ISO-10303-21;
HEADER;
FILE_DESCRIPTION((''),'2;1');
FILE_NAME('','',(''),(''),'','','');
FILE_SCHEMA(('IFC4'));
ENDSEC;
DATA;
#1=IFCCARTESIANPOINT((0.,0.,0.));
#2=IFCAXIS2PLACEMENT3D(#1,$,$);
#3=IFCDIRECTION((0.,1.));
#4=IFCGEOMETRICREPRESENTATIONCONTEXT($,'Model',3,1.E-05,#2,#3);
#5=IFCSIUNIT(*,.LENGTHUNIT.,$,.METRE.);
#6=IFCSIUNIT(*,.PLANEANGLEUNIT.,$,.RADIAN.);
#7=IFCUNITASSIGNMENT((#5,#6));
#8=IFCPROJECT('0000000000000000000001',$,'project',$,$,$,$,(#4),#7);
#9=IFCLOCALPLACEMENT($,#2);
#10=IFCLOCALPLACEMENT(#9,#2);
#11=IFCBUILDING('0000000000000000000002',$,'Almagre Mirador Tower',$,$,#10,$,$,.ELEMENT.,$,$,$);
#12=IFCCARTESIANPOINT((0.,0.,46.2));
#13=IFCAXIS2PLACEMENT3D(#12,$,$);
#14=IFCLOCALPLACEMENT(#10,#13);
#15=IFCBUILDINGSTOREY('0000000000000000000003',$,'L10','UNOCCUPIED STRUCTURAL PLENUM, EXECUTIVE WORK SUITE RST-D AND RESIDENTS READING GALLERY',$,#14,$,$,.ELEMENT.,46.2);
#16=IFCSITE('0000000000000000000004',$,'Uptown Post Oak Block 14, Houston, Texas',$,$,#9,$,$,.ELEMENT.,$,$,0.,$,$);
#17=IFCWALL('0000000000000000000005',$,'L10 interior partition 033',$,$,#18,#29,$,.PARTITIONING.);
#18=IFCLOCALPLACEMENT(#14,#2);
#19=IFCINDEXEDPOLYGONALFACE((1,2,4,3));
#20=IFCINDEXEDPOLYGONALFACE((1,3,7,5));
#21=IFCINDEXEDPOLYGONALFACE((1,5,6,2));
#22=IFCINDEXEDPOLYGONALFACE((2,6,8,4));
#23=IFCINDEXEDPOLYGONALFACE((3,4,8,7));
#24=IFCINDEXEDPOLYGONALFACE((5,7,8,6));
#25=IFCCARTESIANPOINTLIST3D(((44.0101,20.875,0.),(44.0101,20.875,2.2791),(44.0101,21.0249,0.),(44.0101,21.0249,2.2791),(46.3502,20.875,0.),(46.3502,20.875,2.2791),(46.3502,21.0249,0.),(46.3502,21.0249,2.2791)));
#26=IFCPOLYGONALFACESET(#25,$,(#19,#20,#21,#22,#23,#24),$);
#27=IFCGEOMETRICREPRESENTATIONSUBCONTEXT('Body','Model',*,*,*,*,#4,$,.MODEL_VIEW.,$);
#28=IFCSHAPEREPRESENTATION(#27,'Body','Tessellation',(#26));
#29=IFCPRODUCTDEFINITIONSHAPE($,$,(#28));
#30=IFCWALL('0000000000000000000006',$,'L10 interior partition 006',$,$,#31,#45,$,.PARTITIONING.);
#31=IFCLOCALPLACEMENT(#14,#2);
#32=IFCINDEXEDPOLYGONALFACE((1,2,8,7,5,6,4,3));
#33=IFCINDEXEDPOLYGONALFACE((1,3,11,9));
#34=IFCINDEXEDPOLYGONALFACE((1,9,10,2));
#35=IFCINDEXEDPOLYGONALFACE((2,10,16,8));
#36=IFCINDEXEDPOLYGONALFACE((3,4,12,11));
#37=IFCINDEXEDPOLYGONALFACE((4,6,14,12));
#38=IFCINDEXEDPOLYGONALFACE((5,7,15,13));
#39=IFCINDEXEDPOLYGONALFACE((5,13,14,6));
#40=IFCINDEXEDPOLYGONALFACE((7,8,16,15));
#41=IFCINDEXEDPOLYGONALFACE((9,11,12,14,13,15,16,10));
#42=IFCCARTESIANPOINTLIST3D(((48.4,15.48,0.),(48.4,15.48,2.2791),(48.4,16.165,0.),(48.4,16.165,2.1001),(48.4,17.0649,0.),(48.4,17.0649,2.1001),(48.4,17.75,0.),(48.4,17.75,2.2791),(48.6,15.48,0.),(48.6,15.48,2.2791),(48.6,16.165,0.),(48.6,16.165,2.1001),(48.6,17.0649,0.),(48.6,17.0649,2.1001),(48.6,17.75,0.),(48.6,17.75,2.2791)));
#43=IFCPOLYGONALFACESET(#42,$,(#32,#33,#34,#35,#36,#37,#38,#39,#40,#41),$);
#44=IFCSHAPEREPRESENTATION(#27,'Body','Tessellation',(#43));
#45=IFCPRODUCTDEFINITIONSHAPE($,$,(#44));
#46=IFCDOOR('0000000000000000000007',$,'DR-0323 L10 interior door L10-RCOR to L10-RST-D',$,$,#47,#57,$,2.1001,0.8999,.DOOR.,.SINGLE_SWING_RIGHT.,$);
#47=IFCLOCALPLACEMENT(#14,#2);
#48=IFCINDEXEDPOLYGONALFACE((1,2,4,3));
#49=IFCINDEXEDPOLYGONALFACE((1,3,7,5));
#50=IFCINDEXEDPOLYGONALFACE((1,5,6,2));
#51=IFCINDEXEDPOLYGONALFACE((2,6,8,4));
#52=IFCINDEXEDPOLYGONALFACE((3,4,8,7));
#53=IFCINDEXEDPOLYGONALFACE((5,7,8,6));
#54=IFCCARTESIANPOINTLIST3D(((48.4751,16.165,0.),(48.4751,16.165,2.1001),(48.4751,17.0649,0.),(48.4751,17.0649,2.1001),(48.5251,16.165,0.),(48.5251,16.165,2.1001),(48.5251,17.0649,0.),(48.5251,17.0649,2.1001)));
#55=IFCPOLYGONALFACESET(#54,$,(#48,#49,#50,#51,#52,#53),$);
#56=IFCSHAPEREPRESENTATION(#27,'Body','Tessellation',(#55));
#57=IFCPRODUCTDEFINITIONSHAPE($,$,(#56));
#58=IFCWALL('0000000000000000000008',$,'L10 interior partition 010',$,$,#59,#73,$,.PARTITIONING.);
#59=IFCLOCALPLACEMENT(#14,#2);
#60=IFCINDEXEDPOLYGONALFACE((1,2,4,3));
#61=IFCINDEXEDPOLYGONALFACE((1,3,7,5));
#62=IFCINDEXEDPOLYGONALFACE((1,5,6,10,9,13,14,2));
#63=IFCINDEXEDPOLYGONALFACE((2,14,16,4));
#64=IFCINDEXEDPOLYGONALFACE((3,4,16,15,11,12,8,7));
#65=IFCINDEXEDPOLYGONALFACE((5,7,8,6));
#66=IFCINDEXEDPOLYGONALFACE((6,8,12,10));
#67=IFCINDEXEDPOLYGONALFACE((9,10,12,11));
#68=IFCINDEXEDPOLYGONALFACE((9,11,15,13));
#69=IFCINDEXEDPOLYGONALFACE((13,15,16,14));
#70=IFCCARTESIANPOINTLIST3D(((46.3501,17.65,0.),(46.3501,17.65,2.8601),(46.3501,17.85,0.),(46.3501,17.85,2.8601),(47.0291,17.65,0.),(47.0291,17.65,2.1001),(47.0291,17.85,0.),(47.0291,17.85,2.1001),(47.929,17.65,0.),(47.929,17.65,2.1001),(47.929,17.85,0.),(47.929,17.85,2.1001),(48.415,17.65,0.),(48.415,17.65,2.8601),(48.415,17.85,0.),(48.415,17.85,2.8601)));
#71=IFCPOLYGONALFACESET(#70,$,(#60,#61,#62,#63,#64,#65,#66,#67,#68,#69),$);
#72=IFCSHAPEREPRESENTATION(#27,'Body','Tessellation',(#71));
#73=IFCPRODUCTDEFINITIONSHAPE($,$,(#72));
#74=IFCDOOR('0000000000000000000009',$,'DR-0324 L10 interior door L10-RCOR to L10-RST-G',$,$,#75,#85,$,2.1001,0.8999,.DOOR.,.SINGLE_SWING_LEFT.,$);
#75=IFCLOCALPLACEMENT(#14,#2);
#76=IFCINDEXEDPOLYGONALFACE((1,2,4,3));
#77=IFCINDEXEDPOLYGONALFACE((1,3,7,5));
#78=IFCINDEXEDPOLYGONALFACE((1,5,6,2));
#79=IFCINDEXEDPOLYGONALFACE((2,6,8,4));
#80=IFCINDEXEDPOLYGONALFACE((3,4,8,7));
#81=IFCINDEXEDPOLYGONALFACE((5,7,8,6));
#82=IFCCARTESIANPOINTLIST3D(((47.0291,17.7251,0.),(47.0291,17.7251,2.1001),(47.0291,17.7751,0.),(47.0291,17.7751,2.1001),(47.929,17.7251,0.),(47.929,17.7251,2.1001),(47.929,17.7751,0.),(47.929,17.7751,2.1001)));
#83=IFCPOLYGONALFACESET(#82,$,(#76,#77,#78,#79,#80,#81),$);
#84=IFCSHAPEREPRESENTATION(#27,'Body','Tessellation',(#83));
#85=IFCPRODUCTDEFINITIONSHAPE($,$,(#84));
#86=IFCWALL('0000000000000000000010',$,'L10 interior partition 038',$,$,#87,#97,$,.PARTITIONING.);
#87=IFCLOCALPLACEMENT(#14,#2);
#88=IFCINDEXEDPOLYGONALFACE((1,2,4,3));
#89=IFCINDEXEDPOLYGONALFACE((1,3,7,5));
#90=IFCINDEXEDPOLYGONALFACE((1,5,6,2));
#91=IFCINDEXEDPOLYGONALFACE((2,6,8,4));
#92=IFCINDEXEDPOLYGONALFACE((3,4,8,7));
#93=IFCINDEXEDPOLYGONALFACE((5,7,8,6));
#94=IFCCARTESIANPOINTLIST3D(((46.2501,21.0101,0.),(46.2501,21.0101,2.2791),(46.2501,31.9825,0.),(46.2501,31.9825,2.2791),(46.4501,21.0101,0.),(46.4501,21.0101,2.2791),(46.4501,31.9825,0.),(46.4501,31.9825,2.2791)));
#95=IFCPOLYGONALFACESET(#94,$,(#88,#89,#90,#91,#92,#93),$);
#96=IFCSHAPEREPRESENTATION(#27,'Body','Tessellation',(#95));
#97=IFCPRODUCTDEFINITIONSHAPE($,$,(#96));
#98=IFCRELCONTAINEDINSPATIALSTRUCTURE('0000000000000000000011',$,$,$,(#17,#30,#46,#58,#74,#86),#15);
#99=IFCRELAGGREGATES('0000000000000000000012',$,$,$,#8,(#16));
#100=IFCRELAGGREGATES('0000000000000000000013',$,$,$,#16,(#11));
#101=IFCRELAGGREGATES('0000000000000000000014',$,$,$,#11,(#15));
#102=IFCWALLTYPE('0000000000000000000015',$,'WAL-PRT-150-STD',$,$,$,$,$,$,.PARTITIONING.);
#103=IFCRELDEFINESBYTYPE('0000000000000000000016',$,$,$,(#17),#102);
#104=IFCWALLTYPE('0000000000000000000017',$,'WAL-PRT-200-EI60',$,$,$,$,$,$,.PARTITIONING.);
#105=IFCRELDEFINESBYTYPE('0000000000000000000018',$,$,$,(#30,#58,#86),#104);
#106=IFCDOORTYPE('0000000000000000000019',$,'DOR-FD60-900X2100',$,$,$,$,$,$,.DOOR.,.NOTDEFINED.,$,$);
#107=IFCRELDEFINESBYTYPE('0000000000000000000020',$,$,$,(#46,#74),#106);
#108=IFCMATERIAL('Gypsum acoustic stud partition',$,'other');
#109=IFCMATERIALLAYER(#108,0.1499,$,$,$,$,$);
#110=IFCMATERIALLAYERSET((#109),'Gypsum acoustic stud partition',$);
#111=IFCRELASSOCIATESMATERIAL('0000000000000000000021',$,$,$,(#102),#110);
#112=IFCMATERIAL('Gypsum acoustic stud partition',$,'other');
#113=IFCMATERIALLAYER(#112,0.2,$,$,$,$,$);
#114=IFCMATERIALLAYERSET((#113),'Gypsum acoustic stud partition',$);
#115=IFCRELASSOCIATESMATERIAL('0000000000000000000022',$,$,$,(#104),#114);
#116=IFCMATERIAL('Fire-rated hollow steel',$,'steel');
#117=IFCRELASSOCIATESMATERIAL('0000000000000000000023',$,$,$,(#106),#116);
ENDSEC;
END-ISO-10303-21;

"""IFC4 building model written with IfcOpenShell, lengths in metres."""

from ifc_helpers import new_model, si_unit, direction, frame, frame_2d, origin, place, context, subcontext, project, spatial, rectangle, extrude, material, layer, layer_set, type_object, element, fill, save


model = new_model("IFC4")

# Units and contexts
model_context = context("Model", 3, precision=1e-05, world=origin(), true_north=direction((0.0, 1.0)))
body_context = subcontext(model_context, "Body", "Model", "MODEL_VIEW")
ifc_project = project(units=[si_unit("LENGTHUNIT", "METRE"), si_unit("PLANEANGLEUNIT", "RADIAN")], contexts=[model_context])

# Site, building, storey
site_placement = place(None, origin())
site = spatial("IfcSite", under=ifc_project, at=site_placement, Name="Uptown Post Oak Block 14, Houston, Texas", CompositionType="ELEMENT", RefElevation=0.0)
building_placement = place(site_placement, origin())
building = spatial("IfcBuilding", under=site, at=building_placement, Name="Almagre Mirador Tower", CompositionType="ELEMENT")
storey_placement = place(building_placement, frame((0.0, 0.0, 46.2)))
storey = spatial("IfcBuildingStorey", under=building, at=storey_placement, Name="L10", Description="UNOCCUPIED STRUCTURAL PLENUM, EXECUTIVE WORK SUITE RST-D AND RESIDENTS READING GALLERY", CompositionType="ELEMENT", Elevation=46.2)

# Wall
ifc_material_1 = material(Name="Gypsum acoustic stud partition", Category="other")
ifc_layer_1 = layer(ifc_material_1, 0.1499)
ifc_layer_set_1 = layer_set([ifc_layer_1], Name="Gypsum acoustic stud partition")
wall_type_1 = type_object("IfcWallType", Name="WAL-PRT-150-STD", PredefinedType="PARTITIONING", material=ifc_layer_set_1)
wall_1_placement = place(storey_placement, frame((46.3501, 20.95, 0.0), z_axis=(0.0, 0.0, 1.0), x_axis=(-1.0, 0.0, 0.0)))
element("IfcWall", 1, at=wall_1_placement, inside=storey, type_object=wall_type_1, Name="L10 interior partition 033", PredefinedType="PARTITIONING", context=body_context, shape_type="SweptSolid", body=[
    extrude(rectangle(XDim=2.3401, YDim=0.1499, at=frame_2d((1.1699, 0.0))), origin(), (0.0, 0.0, 1.0), 2.2791),
])

# Walls, openings, doors
ifc_material_2 = material(Name="Gypsum acoustic stud partition", Category="other")
ifc_layer_2 = layer(ifc_material_2, 0.2)
ifc_layer_set_2 = layer_set([ifc_layer_2], Name="Gypsum acoustic stud partition")
wall_type_2 = type_object("IfcWallType", Name="WAL-PRT-200-EI60", PredefinedType="PARTITIONING", material=ifc_layer_set_2)
wall_2_placement = place(storey_placement, frame((48.5, 15.48, 0.0), z_axis=(0.0, 0.0, 1.0), x_axis=(0.0, 1.0, 0.0)))
wall_2 = element("IfcWall", 2, at=wall_2_placement, inside=storey, type_object=wall_type_2, Name="L10 interior partition 006", PredefinedType="PARTITIONING", context=body_context, shape_type="SweptSolid", body=[
    extrude(rectangle(XDim=2.27, YDim=0.2, at=frame_2d((1.135, 0.0))), origin(), (0.0, 0.0, 1.0), 2.2791),
])
opening_1_placement = place(wall_2_placement, frame((0.6851, 0.0, 0.0)))
opening_1 = element("IfcOpeningElement", 3, at=opening_1_placement, cuts=wall_2, PredefinedType="OPENING", context=body_context, shape_type="SweptSolid", body=[
    extrude(rectangle(XDim=0.8999, YDim=2.1001, at=frame_2d((0.45, 1.05))), frame((0.0, 0.1101, 0.0), z_axis=(0.0, -1.0, 0.0), x_axis=(1.0, 0.0, 0.0)), (0.0, 0.0, 1.0), 0.22),
])
ifc_material_3 = material(Name="Fire-rated hollow steel", Category="steel")
door_type = type_object("IfcDoorType", Name="DOR-FD60-900X2100", OperationType="NOTDEFINED", PredefinedType="DOOR", material=ifc_material_3)
door_1_placement = place(opening_1_placement, origin())
door_1 = element("IfcDoor", 4, at=door_1_placement, inside=storey, type_object=door_type, Name="DR-0323 L10 interior door L10-RCOR to L10-RST-D", OperationType="SINGLE_SWING_RIGHT", OverallHeight=2.1001, OverallWidth=0.8999, PredefinedType="DOOR", context=body_context, shape_type="SweptSolid", body=[
    extrude(rectangle(XDim=0.8999, YDim=2.1001, at=frame_2d((0.45, 1.05))), frame((0.0, 0.0249, 0.0), z_axis=(0.0, -1.0, 0.0), x_axis=(1.0, 0.0, 0.0)), (0.0, 0.0, 1.0), 0.05),
])
fill(opening_1, door_1)
wall_3_placement = place(storey_placement, frame((48.415, 17.75, 0.0), z_axis=(0.0, 0.0, 1.0), x_axis=(-1.0, 0.0, 0.0)))
wall_3 = element("IfcWall", 5, at=wall_3_placement, inside=storey, type_object=wall_type_2, Name="L10 interior partition 010", PredefinedType="PARTITIONING", context=body_context, shape_type="SweptSolid", body=[
    extrude(rectangle(XDim=2.0649, YDim=0.2, at=frame_2d((1.0325, 0.0))), origin(), (0.0, 0.0, 1.0), 2.8601),
])
opening_2_placement = place(wall_3_placement, frame((0.4861, 0.0, 0.0)))
opening_2 = element("IfcOpeningElement", 6, at=opening_2_placement, cuts=wall_3, PredefinedType="OPENING", context=body_context, shape_type="SweptSolid", body=[
    extrude(rectangle(XDim=0.8999, YDim=2.1001, at=frame_2d((0.45, 1.05))), frame((0.0, 0.1101, 0.0), z_axis=(0.0, -1.0, 0.0), x_axis=(1.0, 0.0, 0.0)), (0.0, 0.0, 1.0), 0.22),
])
door_2_placement = place(opening_2_placement, origin())
door_2 = element("IfcDoor", 7, at=door_2_placement, inside=storey, type_object=door_type, Name="DR-0324 L10 interior door L10-RCOR to L10-RST-G", OperationType="SINGLE_SWING_LEFT", OverallHeight=2.1001, OverallWidth=0.8999, PredefinedType="DOOR", context=body_context, shape_type="SweptSolid", body=[
    extrude(rectangle(XDim=0.8999, YDim=2.1001, at=frame_2d((0.45, 1.05))), frame((0.0, 0.0249, 0.0), z_axis=(0.0, -1.0, 0.0), x_axis=(1.0, 0.0, 0.0)), (0.0, 0.0, 1.0), 0.05),
])
fill(opening_2, door_2)

# Wall
wall_4_placement = place(storey_placement, frame((46.3501, 21.01, 0.0), z_axis=(0.0, 0.0, 1.0), x_axis=(0.0, 1.0, 0.0)))
element("IfcWall", 8, at=wall_4_placement, inside=storey, type_object=wall_type_2, Name="L10 interior partition 038", PredefinedType="PARTITIONING", context=body_context, shape_type="SweptSolid", body=[
    extrude(rectangle(XDim=10.9724, YDim=0.2, at=frame_2d((5.4863, 0.0))), origin(), (0.0, 0.0, 1.0), 2.2791),
])

save(model, "model.ifc")
